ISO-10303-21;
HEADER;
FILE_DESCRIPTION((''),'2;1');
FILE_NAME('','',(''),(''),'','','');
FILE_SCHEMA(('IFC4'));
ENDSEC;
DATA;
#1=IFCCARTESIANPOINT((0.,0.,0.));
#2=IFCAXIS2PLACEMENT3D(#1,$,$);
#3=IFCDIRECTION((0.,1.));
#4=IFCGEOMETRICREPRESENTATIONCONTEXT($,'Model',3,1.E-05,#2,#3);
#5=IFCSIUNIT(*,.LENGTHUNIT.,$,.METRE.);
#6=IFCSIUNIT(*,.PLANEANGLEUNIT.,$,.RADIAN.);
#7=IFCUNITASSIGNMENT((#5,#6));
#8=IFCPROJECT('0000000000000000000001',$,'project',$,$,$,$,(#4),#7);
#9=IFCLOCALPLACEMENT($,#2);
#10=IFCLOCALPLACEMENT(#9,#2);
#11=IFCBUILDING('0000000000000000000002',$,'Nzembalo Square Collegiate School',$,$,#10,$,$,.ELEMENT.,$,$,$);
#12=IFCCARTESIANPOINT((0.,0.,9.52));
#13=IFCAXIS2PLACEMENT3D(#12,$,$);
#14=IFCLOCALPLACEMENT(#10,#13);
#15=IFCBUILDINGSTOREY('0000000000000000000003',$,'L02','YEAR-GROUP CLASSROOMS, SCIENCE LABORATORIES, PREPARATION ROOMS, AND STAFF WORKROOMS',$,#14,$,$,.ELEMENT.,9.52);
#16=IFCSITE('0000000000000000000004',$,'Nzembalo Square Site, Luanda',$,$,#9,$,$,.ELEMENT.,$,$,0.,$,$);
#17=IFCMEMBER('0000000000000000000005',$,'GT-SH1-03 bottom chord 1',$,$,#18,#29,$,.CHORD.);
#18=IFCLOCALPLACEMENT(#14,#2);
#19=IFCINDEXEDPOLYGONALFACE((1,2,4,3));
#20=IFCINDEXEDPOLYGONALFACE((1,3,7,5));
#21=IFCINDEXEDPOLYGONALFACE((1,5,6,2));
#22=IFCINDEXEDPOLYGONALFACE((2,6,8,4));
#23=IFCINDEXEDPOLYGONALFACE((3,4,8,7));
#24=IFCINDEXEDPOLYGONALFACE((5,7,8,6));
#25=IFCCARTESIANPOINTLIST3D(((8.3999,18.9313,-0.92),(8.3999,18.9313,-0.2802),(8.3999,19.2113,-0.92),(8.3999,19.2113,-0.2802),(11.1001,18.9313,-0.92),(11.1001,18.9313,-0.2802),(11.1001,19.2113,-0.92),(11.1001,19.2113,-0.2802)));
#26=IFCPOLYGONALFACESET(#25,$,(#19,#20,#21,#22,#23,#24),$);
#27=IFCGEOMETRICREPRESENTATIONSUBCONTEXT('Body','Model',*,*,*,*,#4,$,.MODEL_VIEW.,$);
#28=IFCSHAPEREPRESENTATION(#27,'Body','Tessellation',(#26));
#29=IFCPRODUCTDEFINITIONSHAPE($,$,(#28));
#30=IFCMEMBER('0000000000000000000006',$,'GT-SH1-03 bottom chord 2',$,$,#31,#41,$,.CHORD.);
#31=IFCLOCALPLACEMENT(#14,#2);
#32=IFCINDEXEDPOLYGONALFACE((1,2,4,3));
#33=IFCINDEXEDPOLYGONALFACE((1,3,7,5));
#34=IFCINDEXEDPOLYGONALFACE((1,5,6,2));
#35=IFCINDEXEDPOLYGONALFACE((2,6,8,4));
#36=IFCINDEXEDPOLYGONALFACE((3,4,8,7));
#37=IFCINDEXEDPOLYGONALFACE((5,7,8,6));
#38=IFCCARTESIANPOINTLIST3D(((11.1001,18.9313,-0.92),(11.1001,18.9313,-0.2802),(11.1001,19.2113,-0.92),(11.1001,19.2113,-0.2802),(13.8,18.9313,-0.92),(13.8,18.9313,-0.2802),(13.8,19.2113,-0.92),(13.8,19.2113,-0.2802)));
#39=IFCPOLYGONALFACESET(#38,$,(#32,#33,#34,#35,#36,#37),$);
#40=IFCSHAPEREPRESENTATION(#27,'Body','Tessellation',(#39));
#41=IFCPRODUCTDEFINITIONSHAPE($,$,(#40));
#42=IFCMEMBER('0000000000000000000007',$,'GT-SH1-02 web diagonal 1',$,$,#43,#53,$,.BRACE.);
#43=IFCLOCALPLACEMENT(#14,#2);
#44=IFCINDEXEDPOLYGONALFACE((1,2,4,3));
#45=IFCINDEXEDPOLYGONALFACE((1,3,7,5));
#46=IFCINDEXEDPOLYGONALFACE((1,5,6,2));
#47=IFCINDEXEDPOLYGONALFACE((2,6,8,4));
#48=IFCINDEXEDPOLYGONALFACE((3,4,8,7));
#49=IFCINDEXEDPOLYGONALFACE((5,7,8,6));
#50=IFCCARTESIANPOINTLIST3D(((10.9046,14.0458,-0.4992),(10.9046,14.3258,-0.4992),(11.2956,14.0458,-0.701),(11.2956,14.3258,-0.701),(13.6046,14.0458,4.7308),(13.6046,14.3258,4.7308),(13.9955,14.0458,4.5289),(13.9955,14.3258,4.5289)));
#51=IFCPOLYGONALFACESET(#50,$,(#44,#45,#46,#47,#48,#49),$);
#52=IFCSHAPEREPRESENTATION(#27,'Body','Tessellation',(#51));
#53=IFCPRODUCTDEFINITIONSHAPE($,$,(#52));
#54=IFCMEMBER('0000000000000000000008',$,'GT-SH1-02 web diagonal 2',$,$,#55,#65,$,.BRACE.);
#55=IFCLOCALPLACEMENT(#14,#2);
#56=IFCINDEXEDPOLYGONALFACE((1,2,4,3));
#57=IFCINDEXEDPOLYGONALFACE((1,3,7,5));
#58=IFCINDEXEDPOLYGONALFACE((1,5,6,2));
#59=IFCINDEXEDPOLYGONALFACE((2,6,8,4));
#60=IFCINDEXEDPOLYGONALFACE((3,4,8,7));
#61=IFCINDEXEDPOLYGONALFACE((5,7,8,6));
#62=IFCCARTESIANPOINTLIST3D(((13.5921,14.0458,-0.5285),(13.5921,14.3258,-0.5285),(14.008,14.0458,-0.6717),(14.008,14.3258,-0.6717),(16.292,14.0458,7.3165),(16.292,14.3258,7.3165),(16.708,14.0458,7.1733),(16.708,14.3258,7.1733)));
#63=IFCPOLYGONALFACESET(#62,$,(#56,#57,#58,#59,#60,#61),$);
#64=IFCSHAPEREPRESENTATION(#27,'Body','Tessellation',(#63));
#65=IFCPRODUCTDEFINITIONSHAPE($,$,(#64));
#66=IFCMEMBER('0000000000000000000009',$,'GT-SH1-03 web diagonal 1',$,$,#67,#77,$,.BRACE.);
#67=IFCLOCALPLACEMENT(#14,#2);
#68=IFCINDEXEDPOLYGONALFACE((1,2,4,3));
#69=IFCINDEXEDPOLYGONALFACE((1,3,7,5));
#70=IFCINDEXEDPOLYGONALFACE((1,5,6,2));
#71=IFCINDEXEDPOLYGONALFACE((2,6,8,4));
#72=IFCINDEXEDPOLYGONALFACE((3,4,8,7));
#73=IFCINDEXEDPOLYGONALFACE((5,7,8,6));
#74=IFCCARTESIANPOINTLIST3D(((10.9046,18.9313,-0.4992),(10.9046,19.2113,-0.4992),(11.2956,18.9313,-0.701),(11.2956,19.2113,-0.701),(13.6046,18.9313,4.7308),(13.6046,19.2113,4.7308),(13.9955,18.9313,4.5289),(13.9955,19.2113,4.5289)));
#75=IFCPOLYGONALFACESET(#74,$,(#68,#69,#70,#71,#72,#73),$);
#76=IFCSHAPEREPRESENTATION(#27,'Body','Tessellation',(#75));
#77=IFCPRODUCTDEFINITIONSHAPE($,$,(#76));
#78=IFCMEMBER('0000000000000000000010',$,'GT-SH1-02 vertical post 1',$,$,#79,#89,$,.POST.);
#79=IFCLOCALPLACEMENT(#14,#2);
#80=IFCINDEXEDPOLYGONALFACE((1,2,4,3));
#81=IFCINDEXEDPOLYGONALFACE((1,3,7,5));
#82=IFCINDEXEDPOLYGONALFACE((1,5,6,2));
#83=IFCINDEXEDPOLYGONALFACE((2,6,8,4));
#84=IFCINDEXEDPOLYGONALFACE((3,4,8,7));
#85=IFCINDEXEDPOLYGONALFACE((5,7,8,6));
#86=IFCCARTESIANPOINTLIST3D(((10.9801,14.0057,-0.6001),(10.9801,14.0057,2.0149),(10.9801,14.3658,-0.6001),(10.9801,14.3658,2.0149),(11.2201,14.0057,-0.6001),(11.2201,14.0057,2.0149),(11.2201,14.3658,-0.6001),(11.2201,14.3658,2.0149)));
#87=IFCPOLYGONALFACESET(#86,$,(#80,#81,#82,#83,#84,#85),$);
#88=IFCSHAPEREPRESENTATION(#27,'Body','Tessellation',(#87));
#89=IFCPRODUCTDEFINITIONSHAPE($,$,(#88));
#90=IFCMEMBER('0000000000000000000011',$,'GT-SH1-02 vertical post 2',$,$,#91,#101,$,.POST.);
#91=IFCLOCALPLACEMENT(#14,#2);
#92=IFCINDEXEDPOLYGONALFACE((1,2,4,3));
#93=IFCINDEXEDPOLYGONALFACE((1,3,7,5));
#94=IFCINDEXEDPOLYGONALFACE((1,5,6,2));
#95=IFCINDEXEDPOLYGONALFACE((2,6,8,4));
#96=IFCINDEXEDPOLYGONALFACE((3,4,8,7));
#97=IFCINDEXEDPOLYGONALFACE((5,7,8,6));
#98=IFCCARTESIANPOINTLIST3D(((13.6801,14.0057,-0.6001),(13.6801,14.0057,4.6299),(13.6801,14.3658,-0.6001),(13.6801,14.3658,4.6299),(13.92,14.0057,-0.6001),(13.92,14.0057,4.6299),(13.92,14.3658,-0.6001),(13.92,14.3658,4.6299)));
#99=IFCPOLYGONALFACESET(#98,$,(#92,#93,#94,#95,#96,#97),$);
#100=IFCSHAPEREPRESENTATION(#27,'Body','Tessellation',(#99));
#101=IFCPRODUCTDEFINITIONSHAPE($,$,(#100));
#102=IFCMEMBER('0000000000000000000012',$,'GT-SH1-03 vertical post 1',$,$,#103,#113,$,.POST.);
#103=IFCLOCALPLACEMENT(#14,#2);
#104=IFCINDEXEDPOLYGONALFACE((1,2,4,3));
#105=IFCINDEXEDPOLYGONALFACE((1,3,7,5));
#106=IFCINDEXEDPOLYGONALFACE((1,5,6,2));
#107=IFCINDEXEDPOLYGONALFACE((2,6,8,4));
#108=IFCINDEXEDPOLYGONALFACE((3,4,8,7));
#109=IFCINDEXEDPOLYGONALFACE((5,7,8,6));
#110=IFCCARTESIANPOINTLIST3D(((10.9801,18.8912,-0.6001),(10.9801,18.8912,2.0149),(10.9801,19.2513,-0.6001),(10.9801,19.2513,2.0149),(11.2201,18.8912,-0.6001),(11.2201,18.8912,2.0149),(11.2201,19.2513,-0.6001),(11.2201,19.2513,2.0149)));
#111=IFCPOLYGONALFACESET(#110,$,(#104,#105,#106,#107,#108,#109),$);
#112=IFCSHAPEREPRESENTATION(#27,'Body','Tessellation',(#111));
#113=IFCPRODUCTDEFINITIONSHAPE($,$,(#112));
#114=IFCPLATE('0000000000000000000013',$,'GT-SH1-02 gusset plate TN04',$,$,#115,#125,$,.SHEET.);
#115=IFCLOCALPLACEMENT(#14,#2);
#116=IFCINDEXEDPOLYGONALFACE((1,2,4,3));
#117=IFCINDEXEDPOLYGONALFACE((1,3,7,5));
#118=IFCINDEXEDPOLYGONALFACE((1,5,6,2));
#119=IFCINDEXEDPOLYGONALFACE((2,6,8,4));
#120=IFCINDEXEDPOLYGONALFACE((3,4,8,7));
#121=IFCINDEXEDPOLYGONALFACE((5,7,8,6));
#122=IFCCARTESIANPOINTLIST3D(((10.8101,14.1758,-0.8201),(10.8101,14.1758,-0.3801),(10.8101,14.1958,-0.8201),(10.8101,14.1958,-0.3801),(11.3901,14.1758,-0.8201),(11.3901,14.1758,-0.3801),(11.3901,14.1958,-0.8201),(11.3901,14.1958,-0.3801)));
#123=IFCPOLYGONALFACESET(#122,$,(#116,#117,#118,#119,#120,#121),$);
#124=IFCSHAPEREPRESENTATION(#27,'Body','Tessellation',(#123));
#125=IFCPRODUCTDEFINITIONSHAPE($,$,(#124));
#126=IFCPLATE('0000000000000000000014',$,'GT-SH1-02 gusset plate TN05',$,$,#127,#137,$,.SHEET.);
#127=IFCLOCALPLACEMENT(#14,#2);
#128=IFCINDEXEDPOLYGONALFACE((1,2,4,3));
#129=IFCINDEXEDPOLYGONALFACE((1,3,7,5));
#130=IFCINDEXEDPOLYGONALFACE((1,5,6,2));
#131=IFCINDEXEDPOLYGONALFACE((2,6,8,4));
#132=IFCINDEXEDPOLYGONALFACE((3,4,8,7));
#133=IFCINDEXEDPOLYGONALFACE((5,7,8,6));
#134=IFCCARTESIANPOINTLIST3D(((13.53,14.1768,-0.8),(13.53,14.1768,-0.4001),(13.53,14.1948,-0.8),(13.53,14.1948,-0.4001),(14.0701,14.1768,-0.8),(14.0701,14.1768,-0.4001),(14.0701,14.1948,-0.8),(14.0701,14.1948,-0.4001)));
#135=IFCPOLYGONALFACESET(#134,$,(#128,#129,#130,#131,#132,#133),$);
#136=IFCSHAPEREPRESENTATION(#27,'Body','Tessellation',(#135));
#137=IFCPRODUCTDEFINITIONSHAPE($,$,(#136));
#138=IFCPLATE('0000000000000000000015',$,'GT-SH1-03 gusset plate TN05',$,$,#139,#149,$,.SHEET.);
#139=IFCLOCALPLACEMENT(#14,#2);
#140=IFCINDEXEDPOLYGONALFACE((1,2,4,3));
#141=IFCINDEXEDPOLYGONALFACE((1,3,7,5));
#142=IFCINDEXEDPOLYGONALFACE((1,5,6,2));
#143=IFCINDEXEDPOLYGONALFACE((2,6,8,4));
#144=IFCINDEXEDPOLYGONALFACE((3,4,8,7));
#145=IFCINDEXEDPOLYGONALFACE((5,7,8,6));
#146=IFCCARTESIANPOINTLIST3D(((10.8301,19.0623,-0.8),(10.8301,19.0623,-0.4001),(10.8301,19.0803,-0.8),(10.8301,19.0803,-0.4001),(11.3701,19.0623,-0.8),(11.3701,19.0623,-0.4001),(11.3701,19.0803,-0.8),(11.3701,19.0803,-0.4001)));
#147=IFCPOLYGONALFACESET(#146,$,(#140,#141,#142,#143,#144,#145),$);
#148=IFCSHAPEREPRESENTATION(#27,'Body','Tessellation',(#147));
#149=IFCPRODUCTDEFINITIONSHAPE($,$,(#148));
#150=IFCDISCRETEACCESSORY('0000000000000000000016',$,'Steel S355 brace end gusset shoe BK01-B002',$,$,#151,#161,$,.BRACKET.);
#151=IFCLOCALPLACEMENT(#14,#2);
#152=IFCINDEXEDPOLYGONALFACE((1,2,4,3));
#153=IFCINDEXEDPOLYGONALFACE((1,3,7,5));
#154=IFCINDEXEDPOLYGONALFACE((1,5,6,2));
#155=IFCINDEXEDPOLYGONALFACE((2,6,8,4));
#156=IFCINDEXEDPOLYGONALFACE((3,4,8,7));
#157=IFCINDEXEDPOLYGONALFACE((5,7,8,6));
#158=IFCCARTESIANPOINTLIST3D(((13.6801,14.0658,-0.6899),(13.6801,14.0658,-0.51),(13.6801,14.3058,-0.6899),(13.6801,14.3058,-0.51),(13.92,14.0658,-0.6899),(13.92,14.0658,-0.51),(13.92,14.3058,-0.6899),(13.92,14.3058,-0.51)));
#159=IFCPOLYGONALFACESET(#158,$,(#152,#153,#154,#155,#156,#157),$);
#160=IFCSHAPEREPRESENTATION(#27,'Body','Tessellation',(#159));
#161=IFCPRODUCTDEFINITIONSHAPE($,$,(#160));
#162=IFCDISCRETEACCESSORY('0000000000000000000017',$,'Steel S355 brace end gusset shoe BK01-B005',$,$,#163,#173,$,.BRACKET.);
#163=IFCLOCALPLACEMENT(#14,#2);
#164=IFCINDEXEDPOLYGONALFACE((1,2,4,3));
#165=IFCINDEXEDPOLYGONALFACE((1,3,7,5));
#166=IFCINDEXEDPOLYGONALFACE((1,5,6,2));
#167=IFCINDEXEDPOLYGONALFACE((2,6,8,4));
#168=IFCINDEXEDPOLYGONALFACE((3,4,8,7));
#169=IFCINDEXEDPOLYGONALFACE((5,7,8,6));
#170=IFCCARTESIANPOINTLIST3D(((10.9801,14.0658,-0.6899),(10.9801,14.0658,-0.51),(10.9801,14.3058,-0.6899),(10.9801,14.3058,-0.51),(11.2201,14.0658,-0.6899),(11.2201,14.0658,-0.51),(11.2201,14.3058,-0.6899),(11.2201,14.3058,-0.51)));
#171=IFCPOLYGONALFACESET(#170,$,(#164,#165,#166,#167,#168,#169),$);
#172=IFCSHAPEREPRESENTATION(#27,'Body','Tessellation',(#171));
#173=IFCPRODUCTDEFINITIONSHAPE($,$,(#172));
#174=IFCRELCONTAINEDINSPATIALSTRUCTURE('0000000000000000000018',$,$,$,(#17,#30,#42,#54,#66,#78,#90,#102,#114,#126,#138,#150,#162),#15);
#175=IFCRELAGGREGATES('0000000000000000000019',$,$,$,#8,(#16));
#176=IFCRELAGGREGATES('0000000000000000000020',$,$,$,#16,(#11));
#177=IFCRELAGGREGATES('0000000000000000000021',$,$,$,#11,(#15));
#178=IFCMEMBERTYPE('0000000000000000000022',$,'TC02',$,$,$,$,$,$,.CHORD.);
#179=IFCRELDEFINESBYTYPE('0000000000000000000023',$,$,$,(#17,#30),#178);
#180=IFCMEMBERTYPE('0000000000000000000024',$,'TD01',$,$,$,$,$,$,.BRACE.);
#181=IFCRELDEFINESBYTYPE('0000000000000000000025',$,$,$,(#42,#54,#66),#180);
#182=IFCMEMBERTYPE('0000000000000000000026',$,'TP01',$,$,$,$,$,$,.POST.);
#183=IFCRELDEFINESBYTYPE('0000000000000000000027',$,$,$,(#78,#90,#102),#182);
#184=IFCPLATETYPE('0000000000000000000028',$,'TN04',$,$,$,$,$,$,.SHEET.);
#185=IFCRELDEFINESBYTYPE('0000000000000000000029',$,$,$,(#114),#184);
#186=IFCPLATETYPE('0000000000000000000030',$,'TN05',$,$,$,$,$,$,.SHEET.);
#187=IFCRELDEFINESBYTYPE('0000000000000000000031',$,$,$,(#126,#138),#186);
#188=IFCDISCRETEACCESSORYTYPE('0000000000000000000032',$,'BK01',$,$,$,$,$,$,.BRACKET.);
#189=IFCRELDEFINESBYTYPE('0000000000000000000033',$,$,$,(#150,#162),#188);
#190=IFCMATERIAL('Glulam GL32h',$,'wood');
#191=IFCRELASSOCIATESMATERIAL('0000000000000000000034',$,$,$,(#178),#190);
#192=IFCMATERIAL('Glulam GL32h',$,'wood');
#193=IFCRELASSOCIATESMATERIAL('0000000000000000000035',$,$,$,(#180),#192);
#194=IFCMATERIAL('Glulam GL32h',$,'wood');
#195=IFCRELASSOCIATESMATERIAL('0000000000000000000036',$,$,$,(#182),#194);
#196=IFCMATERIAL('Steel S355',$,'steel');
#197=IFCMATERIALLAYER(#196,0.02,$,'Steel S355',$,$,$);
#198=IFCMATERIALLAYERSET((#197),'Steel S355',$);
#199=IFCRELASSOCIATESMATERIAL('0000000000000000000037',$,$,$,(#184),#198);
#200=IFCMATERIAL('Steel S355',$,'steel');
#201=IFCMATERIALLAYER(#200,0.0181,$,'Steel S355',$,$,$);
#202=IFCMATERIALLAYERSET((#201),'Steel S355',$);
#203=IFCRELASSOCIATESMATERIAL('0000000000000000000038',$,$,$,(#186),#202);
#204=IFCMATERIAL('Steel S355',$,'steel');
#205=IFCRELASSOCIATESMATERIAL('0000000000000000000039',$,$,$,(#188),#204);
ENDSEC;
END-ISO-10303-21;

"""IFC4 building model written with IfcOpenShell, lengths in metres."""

from ifc_helpers import new_model, si_unit, direction, frame, origin, origin_2d, place, context, subcontext, project, spatial, rectangle, extrude, material, layer, layer_set, material_profile, profile_set, type_object, element, save


model = new_model("IFC4")

# Units and contexts
model_context = context("Model", 3, precision=1e-05, world=origin(), true_north=direction((0.0, 1.0)))
body_context = subcontext(model_context, "Body", "Model", "MODEL_VIEW")
ifc_project = project(units=[si_unit("LENGTHUNIT", "METRE"), si_unit("PLANEANGLEUNIT", "RADIAN")], contexts=[model_context])

# Site, building, storey
site_placement = place(None, origin())
site = spatial("IfcSite", under=ifc_project, at=site_placement, Name="Nzembalo Square Site, Luanda", CompositionType="ELEMENT", RefElevation=0.0)
building_placement = place(site_placement, origin())
building = spatial("IfcBuilding", under=site, at=building_placement, Name="Nzembalo Square Collegiate School", CompositionType="ELEMENT")
storey_placement = place(building_placement, frame((0.0, 0.0, 9.52)))
storey = spatial("IfcBuildingStorey", under=building, at=storey_placement, Name="L02", Description="YEAR-GROUP CLASSROOMS, SCIENCE LABORATORIES, PREPARATION ROOMS, AND STAFF WORKROOMS", CompositionType="ELEMENT", Elevation=9.52)

# Members
ifc_material_1 = material(Name="Glulam GL32h", Category="wood")
ifc_material_profile_1 = material_profile(ifc_material_1, rectangle(XDim=0.28, YDim=0.6399, at=origin_2d()), Name="GL32h 280x640")
ifc_profile_set_1 = profile_set([ifc_material_profile_1], Name="Glulam GL32h")
member_type_1 = type_object("IfcMemberType", Name="TC02", PredefinedType="CHORD", material=ifc_profile_set_1)
member_1_placement = place(storey_placement, frame((8.3999, 19.0713, -0.6001), z_axis=(1.0, 0.0, 0.0), x_axis=(0.0, 1.0, 0.0)))
element("IfcMember", 1, at=member_1_placement, inside=storey, type_object=member_type_1, Name="GT-SH1-03 bottom chord 1", PredefinedType="CHORD", context=body_context, shape_type="SweptSolid", body=[
    extrude(rectangle(XDim=0.28, YDim=0.6399, at=origin_2d()), origin(), (0.0, 0.0, 1.0), 2.7002),
])
member_2_placement = place(storey_placement, frame((11.1001, 19.0713, -0.6001), z_axis=(1.0, 0.0, 0.0), x_axis=(0.0, 1.0, 0.0)))
element("IfcMember", 2, at=member_2_placement, inside=storey, type_object=member_type_1, Name="GT-SH1-03 bottom chord 2", PredefinedType="CHORD", context=body_context, shape_type="SweptSolid", body=[
    extrude(rectangle(XDim=0.28, YDim=0.6399, at=origin_2d()), origin(), (0.0, 0.0, 1.0), 2.7),
])
ifc_material_2 = material(Name="Glulam GL32h", Category="wood")
ifc_material_profile_2 = material_profile(ifc_material_2, rectangle(XDim=0.28, YDim=0.4399, at=origin_2d()), Name="GL32h 280x440")
ifc_profile_set_2 = profile_set([ifc_material_profile_2], Name="Glulam GL32h")
member_type_2 = type_object("IfcMemberType", Name="TD01", PredefinedType="BRACE", material=ifc_profile_set_2)
member_3_placement = place(storey_placement, frame((11.1001, 14.1858, -0.6001), z_axis=(0.458724, 0.0, 0.888579), x_axis=(0.0, 1.0, 0.0)))
element("IfcMember", 3, at=member_3_placement, inside=storey, type_object=member_type_2, Name="GT-SH1-02 web diagonal 1", PredefinedType="BRACE", context=body_context, shape_type="SweptSolid", body=[
    extrude(rectangle(XDim=0.28, YDim=0.4399, at=origin_2d()), origin(), (0.0, 0.0, 1.0), 5.8857),
])
member_4_placement = place(storey_placement, frame((13.8, 14.1858, -0.6001), z_axis=(0.325429, 0.0, 0.945566), x_axis=(0.0, 1.0, 0.0)))
element("IfcMember", 4, at=member_4_placement, inside=storey, type_object=member_type_2, Name="GT-SH1-02 web diagonal 2", PredefinedType="BRACE", context=body_context, shape_type="SweptSolid", body=[
    extrude(rectangle(XDim=0.28, YDim=0.4399, at=origin_2d()), origin(), (0.0, 0.0, 1.0), 8.2966),
])
member_5_placement = place(storey_placement, frame((11.1001, 19.0713, -0.6001), z_axis=(0.458724, 0.0, 0.888579), x_axis=(0.0, 1.0, 0.0)))
element("IfcMember", 5, at=member_5_placement, inside=storey, type_object=member_type_2, Name="GT-SH1-03 web diagonal 1", PredefinedType="BRACE", context=body_context, shape_type="SweptSolid", body=[
    extrude(rectangle(XDim=0.28, YDim=0.4399, at=origin_2d()), origin(), (0.0, 0.0, 1.0), 5.8857),
])
ifc_material_3 = material(Name="Glulam GL32h", Category="wood")
ifc_material_profile_3 = material_profile(ifc_material_3, rectangle(XDim=0.24, YDim=0.3601, at=origin_2d()), Name="GL32h 240x360")
ifc_profile_set_3 = profile_set([ifc_material_profile_3], Name="Glulam GL32h")
member_type_3 = type_object("IfcMemberType", Name="TP01", PredefinedType="POST", material=ifc_profile_set_3)
member_6_placement = place(storey_placement, frame((11.1001, 14.1858, -0.6001), z_axis=(0.0, 0.0, 1.0), x_axis=(1.0, 0.0, 0.0)))
element("IfcMember", 6, at=member_6_placement, inside=storey, type_object=member_type_3, Name="GT-SH1-02 vertical post 1", PredefinedType="POST", context=body_context, shape_type="SweptSolid", body=[
    extrude(rectangle(XDim=0.24, YDim=0.3601, at=origin_2d()), origin(), (0.0, 0.0, 1.0), 2.615),
])
member_7_placement = place(storey_placement, frame((13.8, 14.1858, -0.6001), z_axis=(0.0, 0.0, 1.0), x_axis=(1.0, 0.0, 0.0)))
element("IfcMember", 7, at=member_7_placement, inside=storey, type_object=member_type_3, Name="GT-SH1-02 vertical post 2", PredefinedType="POST", context=body_context, shape_type="SweptSolid", body=[
    extrude(rectangle(XDim=0.24, YDim=0.3601, at=origin_2d()), origin(), (0.0, 0.0, 1.0), 5.23),
])
member_8_placement = place(storey_placement, frame((11.1001, 19.0713, -0.6001), z_axis=(0.0, 0.0, 1.0), x_axis=(1.0, 0.0, 0.0)))
element("IfcMember", 8, at=member_8_placement, inside=storey, type_object=member_type_3, Name="GT-SH1-03 vertical post 1", PredefinedType="POST", context=body_context, shape_type="SweptSolid", body=[
    extrude(rectangle(XDim=0.24, YDim=0.3601, at=origin_2d()), origin(), (0.0, 0.0, 1.0), 2.615),
])

# Plates
ifc_material_4 = material(Name="Steel S355", Category="steel")
ifc_layer_1 = layer(ifc_material_4, 0.02, Name="Steel S355")
ifc_layer_set_1 = layer_set([ifc_layer_1], Name="Steel S355")
plate_type_1 = type_object("IfcPlateType", Name="TN04", PredefinedType="SHEET", material=ifc_layer_set_1)
plate_placement = place(storey_placement, frame((11.1001, 14.1858, -0.8201), z_axis=(0.0, 0.0, 1.0), x_axis=(1.0, 0.0, 0.0)))
element("IfcPlate", 9, at=plate_placement, inside=storey, type_object=plate_type_1, Name="GT-SH1-02 gusset plate TN04", PredefinedType="SHEET", context=body_context, shape_type="SweptSolid", body=[
    extrude(rectangle(XDim=0.5801, YDim=0.02, at=origin_2d()), origin(), (0.0, 0.0, 1.0), 0.4399),
])
ifc_material_5 = material(Name="Steel S355", Category="steel")
ifc_layer_2 = layer(ifc_material_5, 0.0181, Name="Steel S355")
ifc_layer_set_2 = layer_set([ifc_layer_2], Name="Steel S355")
plate_type_2 = type_object("IfcPlateType", Name="TN05", PredefinedType="SHEET", material=ifc_layer_set_2)
for number, where, z_axis, x_axis, name in (
    (10, (13.8, 14.1858, -0.8), (0.0, 0.0, 1.0), (1.0, 0.0, 0.0), "GT-SH1-02 gusset plate TN05"),
    (11, (11.1001, 19.0713, -0.8), (0.0, 0.0, 1.0), (1.0, 0.0, 0.0), "GT-SH1-03 gusset plate TN05"),
):
    element("IfcPlate", number, at=place(storey_placement, frame(where, z_axis=z_axis, x_axis=x_axis)), inside=storey, type_object=plate_type_2, Name=name, PredefinedType="SHEET", context=body_context, shape_type="SweptSolid", body=[
        extrude(rectangle(XDim=0.54, YDim=0.0181, at=origin_2d()), origin(), (0.0, 0.0, 1.0), 0.3999),
    ])

# Discrete accessories
ifc_material_6 = material(Name="Steel S355", Category="steel")
discrete_accessory_type = type_object("IfcDiscreteAccessoryType", Name="BK01", PredefinedType="BRACKET", material=ifc_material_6)
for number, where, z_axis, x_axis, name in (
    (12, (13.8, 14.1858, -0.6899), (0.0, 0.0, 1.0), (1.0, 0.0, 0.0), "Steel S355 brace end gusset shoe BK01-B002"),
    (13, (11.1001, 14.1858, -0.6899), (0.0, 0.0, 1.0), (1.0, 0.0, 0.0), "Steel S355 brace end gusset shoe BK01-B005"),
):
    element("IfcDiscreteAccessory", number, at=place(storey_placement, frame(where, z_axis=z_axis, x_axis=x_axis)), inside=storey, type_object=discrete_accessory_type, Name=name, PredefinedType="BRACKET", context=body_context, shape_type="SweptSolid", body=[
        extrude(rectangle(XDim=0.24, YDim=0.24, at=origin_2d()), origin(), (0.0, 0.0, 1.0), 0.1799),
    ])

save(model, "model.ifc")
